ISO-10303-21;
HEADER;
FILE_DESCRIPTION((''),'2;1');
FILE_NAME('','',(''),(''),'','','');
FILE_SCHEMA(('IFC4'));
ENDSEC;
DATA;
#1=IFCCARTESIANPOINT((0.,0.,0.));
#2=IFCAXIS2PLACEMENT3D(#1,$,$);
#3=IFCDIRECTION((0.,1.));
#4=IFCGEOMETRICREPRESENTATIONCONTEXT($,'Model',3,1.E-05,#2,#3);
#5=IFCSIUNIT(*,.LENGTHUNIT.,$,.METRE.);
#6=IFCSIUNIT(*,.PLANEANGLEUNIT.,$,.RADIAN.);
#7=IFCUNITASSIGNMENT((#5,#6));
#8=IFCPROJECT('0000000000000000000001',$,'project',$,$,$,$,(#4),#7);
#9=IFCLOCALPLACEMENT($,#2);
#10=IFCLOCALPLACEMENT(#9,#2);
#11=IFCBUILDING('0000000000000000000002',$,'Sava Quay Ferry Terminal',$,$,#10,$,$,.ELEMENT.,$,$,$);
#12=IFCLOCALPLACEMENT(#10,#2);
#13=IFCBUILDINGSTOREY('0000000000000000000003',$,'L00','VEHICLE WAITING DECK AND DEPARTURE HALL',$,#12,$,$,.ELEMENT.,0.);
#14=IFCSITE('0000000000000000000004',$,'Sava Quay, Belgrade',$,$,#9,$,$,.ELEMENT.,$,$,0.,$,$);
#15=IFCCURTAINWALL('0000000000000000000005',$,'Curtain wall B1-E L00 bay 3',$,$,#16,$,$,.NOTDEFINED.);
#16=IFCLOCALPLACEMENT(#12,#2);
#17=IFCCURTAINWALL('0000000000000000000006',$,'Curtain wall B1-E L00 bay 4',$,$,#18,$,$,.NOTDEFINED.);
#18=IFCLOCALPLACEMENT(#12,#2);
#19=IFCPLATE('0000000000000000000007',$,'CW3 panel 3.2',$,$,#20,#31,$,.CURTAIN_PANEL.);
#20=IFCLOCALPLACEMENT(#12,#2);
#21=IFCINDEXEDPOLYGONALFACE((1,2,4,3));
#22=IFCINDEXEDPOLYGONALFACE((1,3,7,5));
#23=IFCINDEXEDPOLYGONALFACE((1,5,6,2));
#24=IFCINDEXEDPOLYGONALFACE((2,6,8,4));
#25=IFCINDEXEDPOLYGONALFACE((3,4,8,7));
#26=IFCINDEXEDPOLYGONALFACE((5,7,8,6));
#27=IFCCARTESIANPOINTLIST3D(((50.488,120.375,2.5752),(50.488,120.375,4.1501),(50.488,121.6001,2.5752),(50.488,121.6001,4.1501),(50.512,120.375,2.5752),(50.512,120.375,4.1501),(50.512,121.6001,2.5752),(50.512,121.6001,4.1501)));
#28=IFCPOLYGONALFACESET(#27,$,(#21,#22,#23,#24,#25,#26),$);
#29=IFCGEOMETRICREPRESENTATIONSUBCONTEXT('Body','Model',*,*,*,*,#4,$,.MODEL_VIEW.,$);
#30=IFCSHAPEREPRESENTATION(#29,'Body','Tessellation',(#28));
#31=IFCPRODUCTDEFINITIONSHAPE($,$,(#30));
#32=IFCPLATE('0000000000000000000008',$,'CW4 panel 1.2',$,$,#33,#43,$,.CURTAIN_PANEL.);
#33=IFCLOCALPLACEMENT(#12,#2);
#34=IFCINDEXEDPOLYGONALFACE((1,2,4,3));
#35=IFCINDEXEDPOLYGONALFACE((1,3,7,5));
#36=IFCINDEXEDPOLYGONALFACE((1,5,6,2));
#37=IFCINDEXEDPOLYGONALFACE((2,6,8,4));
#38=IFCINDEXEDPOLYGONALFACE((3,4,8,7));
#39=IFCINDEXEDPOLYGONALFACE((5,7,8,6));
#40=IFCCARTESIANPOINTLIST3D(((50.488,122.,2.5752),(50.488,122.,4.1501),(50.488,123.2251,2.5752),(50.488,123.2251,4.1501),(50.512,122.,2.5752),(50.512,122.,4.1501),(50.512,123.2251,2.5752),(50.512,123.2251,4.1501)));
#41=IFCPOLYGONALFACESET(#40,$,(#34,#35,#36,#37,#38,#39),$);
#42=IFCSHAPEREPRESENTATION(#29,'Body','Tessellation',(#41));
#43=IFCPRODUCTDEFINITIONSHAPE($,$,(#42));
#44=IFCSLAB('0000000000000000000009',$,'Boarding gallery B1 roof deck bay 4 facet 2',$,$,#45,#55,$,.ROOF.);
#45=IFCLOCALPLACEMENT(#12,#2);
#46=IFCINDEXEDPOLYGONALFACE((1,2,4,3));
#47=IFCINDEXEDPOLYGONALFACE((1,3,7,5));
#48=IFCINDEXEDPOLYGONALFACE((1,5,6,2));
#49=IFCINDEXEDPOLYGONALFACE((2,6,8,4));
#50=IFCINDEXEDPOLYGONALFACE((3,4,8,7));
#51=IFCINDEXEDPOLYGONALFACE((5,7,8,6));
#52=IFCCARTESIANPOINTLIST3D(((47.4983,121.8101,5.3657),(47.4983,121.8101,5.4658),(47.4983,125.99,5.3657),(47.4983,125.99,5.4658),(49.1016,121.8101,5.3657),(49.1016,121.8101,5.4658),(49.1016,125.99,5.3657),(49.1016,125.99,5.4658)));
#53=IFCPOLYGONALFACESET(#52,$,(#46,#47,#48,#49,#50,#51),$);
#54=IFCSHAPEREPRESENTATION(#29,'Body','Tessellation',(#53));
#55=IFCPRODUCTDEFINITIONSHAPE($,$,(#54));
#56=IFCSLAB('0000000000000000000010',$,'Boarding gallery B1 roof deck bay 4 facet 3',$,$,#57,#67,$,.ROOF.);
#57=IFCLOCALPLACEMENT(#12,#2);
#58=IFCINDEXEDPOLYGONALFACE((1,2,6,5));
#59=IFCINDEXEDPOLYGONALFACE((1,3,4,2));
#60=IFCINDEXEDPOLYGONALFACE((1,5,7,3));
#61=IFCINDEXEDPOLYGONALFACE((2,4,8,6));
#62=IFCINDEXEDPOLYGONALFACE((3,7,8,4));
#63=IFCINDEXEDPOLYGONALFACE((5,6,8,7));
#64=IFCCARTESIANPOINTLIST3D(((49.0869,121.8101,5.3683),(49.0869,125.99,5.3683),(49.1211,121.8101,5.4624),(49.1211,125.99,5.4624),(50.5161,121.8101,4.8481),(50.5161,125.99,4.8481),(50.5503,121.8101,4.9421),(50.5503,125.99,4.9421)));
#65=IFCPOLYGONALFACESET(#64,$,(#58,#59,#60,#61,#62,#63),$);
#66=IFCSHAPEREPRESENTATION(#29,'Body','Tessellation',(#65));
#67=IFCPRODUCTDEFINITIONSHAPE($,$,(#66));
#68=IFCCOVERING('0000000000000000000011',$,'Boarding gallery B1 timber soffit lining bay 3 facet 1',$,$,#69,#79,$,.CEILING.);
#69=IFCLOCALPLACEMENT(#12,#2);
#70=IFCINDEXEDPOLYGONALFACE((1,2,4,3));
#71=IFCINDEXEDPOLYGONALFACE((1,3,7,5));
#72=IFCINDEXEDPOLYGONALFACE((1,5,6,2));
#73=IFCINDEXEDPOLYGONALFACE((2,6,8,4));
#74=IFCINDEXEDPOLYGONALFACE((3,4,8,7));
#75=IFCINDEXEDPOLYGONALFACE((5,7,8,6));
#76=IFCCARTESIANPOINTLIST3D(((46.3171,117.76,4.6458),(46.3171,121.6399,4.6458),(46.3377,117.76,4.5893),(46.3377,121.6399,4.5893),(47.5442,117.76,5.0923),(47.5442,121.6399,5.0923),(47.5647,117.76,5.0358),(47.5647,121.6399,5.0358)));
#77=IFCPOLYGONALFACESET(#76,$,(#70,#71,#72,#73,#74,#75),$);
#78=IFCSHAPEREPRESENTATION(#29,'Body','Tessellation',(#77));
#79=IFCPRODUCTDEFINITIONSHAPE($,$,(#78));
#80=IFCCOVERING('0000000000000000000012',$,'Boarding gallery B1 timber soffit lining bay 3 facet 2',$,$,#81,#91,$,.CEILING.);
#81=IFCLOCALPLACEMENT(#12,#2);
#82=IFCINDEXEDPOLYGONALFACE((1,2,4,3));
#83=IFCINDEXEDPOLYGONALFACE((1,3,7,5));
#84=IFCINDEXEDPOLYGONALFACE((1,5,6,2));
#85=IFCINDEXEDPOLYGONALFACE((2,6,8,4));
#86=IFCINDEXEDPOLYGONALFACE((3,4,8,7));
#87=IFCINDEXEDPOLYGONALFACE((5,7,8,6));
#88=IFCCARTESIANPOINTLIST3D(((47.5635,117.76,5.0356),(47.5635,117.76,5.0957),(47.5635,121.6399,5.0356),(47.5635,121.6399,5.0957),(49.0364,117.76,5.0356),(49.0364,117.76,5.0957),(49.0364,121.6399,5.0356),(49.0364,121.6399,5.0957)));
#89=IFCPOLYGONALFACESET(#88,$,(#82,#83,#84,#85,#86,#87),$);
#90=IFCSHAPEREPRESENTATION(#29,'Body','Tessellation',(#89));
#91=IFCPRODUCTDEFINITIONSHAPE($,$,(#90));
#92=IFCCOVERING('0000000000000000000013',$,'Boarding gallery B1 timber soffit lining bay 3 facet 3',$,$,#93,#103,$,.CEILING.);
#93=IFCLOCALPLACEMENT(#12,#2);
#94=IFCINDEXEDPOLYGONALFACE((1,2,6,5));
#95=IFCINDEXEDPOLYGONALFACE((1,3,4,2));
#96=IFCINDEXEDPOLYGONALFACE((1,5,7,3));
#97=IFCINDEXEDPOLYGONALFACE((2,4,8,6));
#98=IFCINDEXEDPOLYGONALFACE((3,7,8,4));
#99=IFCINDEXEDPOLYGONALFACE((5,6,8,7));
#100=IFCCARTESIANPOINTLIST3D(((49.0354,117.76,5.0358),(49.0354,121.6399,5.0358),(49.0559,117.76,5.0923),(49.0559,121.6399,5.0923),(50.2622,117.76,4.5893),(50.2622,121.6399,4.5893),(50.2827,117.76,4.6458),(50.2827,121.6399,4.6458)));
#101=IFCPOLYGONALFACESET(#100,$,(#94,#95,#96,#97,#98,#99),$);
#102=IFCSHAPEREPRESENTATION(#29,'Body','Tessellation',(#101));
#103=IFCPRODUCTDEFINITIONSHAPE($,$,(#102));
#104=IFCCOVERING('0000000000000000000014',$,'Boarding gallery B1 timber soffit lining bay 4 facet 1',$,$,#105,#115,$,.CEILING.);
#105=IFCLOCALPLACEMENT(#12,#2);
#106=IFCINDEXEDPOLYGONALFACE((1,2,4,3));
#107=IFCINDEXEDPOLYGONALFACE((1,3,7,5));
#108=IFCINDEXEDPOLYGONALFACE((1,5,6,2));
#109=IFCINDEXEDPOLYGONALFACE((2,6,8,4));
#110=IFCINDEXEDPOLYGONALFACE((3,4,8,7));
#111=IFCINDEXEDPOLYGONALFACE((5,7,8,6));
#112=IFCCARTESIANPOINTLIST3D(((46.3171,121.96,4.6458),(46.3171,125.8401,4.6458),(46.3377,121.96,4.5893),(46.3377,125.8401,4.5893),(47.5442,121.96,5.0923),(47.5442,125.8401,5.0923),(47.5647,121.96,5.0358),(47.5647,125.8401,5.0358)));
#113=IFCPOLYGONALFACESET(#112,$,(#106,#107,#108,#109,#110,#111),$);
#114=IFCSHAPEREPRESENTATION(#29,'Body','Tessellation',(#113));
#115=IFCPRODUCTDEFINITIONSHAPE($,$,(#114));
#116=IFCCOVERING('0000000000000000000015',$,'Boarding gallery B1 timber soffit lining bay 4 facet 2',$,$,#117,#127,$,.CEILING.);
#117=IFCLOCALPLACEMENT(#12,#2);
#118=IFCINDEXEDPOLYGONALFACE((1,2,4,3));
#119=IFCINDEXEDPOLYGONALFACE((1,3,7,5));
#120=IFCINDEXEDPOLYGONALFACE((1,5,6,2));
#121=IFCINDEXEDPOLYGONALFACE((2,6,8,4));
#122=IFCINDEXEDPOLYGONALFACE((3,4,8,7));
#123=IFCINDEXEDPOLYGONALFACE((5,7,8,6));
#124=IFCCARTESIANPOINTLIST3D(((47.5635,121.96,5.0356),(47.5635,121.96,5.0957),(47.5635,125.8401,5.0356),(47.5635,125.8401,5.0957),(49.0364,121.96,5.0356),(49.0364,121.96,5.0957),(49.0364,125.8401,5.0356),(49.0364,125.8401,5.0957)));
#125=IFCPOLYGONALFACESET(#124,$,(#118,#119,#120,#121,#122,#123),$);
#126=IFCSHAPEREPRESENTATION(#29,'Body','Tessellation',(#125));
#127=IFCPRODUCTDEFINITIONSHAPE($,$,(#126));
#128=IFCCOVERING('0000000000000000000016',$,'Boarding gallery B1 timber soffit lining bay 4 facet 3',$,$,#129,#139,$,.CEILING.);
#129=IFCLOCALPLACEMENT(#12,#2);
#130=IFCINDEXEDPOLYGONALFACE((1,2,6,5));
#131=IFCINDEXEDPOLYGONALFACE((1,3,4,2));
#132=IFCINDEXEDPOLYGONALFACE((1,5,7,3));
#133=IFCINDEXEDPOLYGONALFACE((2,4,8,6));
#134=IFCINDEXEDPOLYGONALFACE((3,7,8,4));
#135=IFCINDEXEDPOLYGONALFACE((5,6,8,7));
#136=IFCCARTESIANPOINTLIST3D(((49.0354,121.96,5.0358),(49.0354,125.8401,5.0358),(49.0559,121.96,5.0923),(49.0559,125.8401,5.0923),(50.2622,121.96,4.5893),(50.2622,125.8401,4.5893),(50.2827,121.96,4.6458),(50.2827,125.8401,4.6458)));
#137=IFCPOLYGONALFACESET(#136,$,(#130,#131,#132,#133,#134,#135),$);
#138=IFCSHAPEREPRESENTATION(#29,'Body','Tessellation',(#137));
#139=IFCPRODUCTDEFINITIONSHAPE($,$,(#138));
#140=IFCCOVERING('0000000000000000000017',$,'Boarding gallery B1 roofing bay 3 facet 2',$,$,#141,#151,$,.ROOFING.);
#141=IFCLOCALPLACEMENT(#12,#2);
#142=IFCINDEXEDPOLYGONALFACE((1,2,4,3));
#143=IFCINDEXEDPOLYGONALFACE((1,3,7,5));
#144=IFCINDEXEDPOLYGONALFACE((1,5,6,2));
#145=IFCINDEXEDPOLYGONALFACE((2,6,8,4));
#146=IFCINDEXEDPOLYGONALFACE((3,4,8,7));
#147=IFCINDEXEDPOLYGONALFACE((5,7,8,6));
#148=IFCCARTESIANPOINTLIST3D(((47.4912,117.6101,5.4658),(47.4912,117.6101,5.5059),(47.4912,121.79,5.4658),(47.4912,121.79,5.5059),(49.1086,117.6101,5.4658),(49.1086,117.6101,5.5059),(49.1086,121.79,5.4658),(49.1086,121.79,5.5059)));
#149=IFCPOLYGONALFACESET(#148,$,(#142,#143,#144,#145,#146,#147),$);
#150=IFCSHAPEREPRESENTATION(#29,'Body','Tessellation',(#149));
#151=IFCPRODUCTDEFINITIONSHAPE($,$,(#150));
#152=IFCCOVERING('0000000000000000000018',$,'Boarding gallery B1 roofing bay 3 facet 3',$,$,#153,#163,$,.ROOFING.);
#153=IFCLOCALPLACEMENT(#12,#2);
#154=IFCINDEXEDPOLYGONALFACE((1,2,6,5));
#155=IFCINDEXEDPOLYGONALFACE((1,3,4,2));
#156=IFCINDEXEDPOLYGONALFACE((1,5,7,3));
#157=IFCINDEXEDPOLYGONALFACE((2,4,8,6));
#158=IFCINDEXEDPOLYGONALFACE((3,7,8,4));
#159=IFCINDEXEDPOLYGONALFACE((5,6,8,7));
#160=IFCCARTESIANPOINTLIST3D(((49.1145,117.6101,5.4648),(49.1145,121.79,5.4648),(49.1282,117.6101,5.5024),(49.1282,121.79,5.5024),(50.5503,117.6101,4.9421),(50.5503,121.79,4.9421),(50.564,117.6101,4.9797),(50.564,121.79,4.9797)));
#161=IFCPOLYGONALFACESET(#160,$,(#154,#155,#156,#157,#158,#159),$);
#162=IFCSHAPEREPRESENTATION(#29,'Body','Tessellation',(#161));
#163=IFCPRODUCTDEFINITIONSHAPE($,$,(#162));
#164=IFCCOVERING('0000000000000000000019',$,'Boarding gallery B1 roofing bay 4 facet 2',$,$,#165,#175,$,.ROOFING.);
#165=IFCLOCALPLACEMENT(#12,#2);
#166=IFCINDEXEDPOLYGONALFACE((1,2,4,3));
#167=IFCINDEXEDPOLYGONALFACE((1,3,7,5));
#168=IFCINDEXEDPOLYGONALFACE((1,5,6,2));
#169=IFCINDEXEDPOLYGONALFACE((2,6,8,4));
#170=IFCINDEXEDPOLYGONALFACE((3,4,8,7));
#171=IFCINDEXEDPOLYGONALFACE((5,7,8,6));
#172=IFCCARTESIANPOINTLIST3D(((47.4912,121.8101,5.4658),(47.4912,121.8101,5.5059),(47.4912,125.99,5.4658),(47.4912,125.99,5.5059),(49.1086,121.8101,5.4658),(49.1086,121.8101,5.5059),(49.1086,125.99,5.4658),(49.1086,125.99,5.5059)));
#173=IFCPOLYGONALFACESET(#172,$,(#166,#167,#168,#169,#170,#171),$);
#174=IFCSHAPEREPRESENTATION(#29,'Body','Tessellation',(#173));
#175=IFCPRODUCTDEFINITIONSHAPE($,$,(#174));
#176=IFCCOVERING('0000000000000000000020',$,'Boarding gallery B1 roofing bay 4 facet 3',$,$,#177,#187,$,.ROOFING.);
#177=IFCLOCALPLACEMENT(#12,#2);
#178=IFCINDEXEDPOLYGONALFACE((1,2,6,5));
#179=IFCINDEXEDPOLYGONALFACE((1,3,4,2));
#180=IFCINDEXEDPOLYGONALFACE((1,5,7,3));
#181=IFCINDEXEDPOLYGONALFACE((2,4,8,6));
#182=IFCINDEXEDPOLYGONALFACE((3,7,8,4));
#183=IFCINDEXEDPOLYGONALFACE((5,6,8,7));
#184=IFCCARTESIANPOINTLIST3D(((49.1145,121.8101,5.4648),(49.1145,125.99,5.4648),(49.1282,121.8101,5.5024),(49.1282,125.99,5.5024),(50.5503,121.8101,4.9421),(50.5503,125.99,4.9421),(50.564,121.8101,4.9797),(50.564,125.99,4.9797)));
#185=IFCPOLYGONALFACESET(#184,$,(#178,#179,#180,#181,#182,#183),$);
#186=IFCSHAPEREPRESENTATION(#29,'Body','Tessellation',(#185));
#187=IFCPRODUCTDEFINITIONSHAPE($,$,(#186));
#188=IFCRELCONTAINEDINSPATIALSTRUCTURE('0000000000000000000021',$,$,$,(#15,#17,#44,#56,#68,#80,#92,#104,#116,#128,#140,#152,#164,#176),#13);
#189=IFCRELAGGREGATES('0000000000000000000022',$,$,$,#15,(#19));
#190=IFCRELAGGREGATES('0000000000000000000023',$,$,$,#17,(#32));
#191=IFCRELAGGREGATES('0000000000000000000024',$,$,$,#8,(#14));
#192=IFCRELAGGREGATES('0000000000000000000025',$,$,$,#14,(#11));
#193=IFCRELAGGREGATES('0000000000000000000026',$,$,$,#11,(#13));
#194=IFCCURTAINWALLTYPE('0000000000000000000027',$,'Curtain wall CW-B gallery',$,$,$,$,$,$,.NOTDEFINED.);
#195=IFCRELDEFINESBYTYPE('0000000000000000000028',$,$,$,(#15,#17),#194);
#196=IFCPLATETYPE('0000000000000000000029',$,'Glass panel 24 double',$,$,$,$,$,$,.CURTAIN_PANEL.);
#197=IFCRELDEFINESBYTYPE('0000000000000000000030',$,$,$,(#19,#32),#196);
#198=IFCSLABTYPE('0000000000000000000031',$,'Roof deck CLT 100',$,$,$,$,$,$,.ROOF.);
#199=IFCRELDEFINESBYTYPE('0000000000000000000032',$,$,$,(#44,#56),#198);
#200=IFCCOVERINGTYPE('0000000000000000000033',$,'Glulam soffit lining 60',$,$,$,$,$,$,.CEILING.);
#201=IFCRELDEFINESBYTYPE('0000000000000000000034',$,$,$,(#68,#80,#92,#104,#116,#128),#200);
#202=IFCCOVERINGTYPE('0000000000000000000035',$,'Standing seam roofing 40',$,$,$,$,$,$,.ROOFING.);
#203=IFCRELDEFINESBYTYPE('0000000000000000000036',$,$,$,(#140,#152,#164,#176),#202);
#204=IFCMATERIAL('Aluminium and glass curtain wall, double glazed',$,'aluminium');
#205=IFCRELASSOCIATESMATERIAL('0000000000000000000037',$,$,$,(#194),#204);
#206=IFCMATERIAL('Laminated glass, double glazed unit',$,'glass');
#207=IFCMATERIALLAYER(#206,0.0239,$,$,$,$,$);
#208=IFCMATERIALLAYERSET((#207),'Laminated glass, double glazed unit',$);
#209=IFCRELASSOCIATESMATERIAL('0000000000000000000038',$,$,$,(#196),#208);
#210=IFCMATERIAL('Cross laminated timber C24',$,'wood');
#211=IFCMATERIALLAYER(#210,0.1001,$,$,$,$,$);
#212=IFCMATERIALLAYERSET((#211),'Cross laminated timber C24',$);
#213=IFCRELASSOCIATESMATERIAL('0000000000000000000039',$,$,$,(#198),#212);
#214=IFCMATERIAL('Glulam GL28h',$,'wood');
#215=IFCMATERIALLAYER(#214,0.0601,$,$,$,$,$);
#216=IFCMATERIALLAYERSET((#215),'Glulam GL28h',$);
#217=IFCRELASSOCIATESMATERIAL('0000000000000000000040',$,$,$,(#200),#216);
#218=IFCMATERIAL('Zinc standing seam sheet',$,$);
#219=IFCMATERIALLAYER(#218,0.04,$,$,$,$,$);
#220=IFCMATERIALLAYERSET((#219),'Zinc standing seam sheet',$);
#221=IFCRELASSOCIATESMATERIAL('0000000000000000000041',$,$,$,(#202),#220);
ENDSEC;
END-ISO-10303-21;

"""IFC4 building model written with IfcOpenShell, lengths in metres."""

from ifc_helpers import new_model, si_unit, direction, frame, origin, origin_2d, place, context, subcontext, project, spatial, polyline, rectangle, outline, extrude, material, layer, layer_set, type_object, element, aggregate, save


model = new_model("IFC4")

# Units and contexts
model_context = context("Model", 3, precision=1e-05, world=origin(), true_north=direction((0.0, 1.0)))
body_context = subcontext(model_context, "Body", "Model", "MODEL_VIEW")
ifc_project = project(units=[si_unit("LENGTHUNIT", "METRE"), si_unit("PLANEANGLEUNIT", "RADIAN")], contexts=[model_context])

# Site, building, storey
site_placement = place(None, origin())
site = spatial("IfcSite", under=ifc_project, at=site_placement, Name="Sava Quay, Belgrade", CompositionType="ELEMENT", RefElevation=0.0)
building_placement = place(site_placement, origin())
building = spatial("IfcBuilding", under=site, at=building_placement, Name="Sava Quay Ferry Terminal", CompositionType="ELEMENT")
storey_placement = place(building_placement, origin())
storey = spatial("IfcBuildingStorey", under=building, at=storey_placement, Name="L00", Description="VEHICLE WAITING DECK AND DEPARTURE HALL", CompositionType="ELEMENT", Elevation=0.0)

# Curtain wall
ifc_material_1 = material(Name="Aluminium and glass curtain wall, double glazed", Category="aluminium")
curtain_wall_type = type_object("IfcCurtainWallType", Name="Curtain wall CW-B gallery", PredefinedType="NOTDEFINED", material=ifc_material_1)
curtain_wall_1_placement = place(storey_placement, origin())
curtain_wall_1 = element("IfcCurtainWall", 1, at=curtain_wall_1_placement, inside=storey, type_object=curtain_wall_type, Name="Curtain wall B1-E L00 bay 3", PredefinedType="NOTDEFINED")

# Curtain wall
curtain_wall_2_placement = place(storey_placement, origin())
curtain_wall_2 = element("IfcCurtainWall", 2, at=curtain_wall_2_placement, inside=storey, type_object=curtain_wall_type, Name="Curtain wall B1-E L00 bay 4", PredefinedType="NOTDEFINED")

# Plates
ifc_material_2 = material(Name="Laminated glass, double glazed unit", Category="glass")
ifc_layer_1 = layer(ifc_material_2, 0.0239)
ifc_layer_set_1 = layer_set([ifc_layer_1], Name="Laminated glass, double glazed unit")
plate_type = type_object("IfcPlateType", Name="Glass panel 24 double", PredefinedType="CURTAIN_PANEL", material=ifc_layer_set_1)
plate_1_placement = place(storey_placement, frame((50.5, 120.9875, 2.5752), z_axis=(0.0, 0.0, 1.0), x_axis=(0.0, 1.0, 0.0)))
plate_1 = element("IfcPlate", 3, at=plate_1_placement, type_object=plate_type, Name="CW3 panel 3.2", PredefinedType="CURTAIN_PANEL", context=body_context, shape_type="SweptSolid", body=[
    extrude(rectangle(XDim=1.2251, YDim=0.0239, at=origin_2d()), origin(), (0.0, 0.0, 1.0), 1.575),
])
aggregate(curtain_wall_1, [plate_1])
plate_2_placement = place(storey_placement, frame((50.5, 122.6125, 2.5752), z_axis=(0.0, 0.0, 1.0), x_axis=(0.0, 1.0, 0.0)))
plate_2 = element("IfcPlate", 4, at=plate_2_placement, type_object=plate_type, Name="CW4 panel 1.2", PredefinedType="CURTAIN_PANEL", context=body_context, shape_type="SweptSolid", body=[
    extrude(rectangle(XDim=1.2251, YDim=0.0239, at=origin_2d()), origin(), (0.0, 0.0, 1.0), 1.575),
])
aggregate(curtain_wall_2, [plate_2])

# Slabs
ifc_material_3 = material(Name="Cross laminated timber C24", Category="wood")
ifc_layer_2 = layer(ifc_material_3, 0.1001)
ifc_layer_set_2 = layer_set([ifc_layer_2], Name="Cross laminated timber C24")
slab_type = type_object("IfcSlabType", Name="Roof deck CLT 100", PredefinedType="ROOF", material=ifc_layer_set_2)
slab_1_placement = place(storey_placement, frame((47.4983, 121.8101, 5.4658), z_axis=(0.0, 0.0, 1.0), x_axis=(1.0, 0.0, 0.0)))
element("IfcSlab", 5, at=slab_1_placement, inside=storey, type_object=slab_type, Name="Boarding gallery B1 roof deck bay 4 facet 2", PredefinedType="ROOF", context=body_context, shape_type="SweptSolid", body=[
    extrude(outline(polyline([(0.0, 0.0), (1.6033, 0.0), (1.6033, 4.1799), (0.0, 4.1799), (0.0, 0.0)])), origin(), (0.0, 0.0, -1.0), 0.1001),
])
slab_2_placement = place(storey_placement, frame((49.1211, 121.8101, 5.4624), z_axis=(0.342065, 0.0, 0.939676), x_axis=(0.939676, 0.0, -0.342065)))
element("IfcSlab", 6, at=slab_2_placement, inside=storey, type_object=slab_type, Name="Boarding gallery B1 roof deck bay 4 facet 3", PredefinedType="ROOF", context=body_context, shape_type="SweptSolid", body=[
    extrude(outline(polyline([(0.0, 0.0), (1.5209, 0.0), (1.5209, 4.1799), (0.0, 4.1799), (0.0, 0.0)])), origin(), (0.0, 0.0, -1.0), 0.1001),
])

# Coverings
ifc_material_4 = material(Name="Glulam GL28h", Category="wood")
ifc_layer_3 = layer(ifc_material_4, 0.0601)
ifc_layer_set_3 = layer_set([ifc_layer_3], Name="Glulam GL28h")
covering_type_1 = type_object("IfcCoveringType", Name="Glulam soffit lining 60", PredefinedType="CEILING", material=ifc_layer_set_3)
covering_1_placement = place(storey_placement, frame((46.3171, 117.76, 4.6458), z_axis=(-0.341968, 0.0, 0.939712), x_axis=(0.939712, 0.0, 0.341968)))
element("IfcCovering", 7, at=covering_1_placement, inside=storey, type_object=covering_type_1, Name="Boarding gallery B1 timber soffit lining bay 3 facet 1", PredefinedType="CEILING", context=body_context, shape_type="SweptSolid", body=[
    extrude(outline(polyline([(0.0, 0.0), (1.3058, 0.0), (1.3058, 3.8799), (0.0, 3.8799), (0.0, 0.0)])), origin(), (0.0, 0.0, -1.0), 0.0601),
])
covering_2_placement = place(storey_placement, frame((47.5635, 117.76, 5.0957), z_axis=(0.0, 0.0, 1.0), x_axis=(1.0, 0.0, 0.0)))
element("IfcCovering", 8, at=covering_2_placement, inside=storey, type_object=covering_type_1, Name="Boarding gallery B1 timber soffit lining bay 3 facet 2", PredefinedType="CEILING", context=body_context, shape_type="SweptSolid", body=[
    extrude(outline(polyline([(0.0, 0.0), (1.4729, 0.0), (1.4729, 3.8799), (0.0, 3.8799), (0.0, 0.0)])), origin(), (0.0, 0.0, -1.0), 0.0601),
])
covering_3_placement = place(storey_placement, frame((49.0559, 117.76, 5.0923), z_axis=(0.342028, 0.0, 0.93969), x_axis=(0.93969, 0.0, -0.342028)))
element("IfcCovering", 9, at=covering_3_placement, inside=storey, type_object=covering_type_1, Name="Boarding gallery B1 timber soffit lining bay 3 facet 3", PredefinedType="CEILING", context=body_context, shape_type="SweptSolid", body=[
    extrude(outline(polyline([(0.0, 0.0), (1.3055, 0.0), (1.3055, 3.8799), (0.0, 3.8799), (0.0, 0.0)])), origin(), (0.0, 0.0, -1.0), 0.0601),
])
covering_4_placement = place(storey_placement, frame((46.3171, 121.96, 4.6458), z_axis=(-0.341968, 0.0, 0.939712), x_axis=(0.939712, 0.0, 0.341968)))
element("IfcCovering", 10, at=covering_4_placement, inside=storey, type_object=covering_type_1, Name="Boarding gallery B1 timber soffit lining bay 4 facet 1", PredefinedType="CEILING", context=body_context, shape_type="SweptSolid", body=[
    extrude(outline(polyline([(0.0, 0.0), (1.3058, 0.0), (1.3058, 3.8801), (0.0, 3.8801), (0.0, 0.0)])), origin(), (0.0, 0.0, -1.0), 0.0601),
])
covering_5_placement = place(storey_placement, frame((47.5635, 121.96, 5.0957), z_axis=(0.0, 0.0, 1.0), x_axis=(1.0, 0.0, 0.0)))
element("IfcCovering", 11, at=covering_5_placement, inside=storey, type_object=covering_type_1, Name="Boarding gallery B1 timber soffit lining bay 4 facet 2", PredefinedType="CEILING", context=body_context, shape_type="SweptSolid", body=[
    extrude(outline(polyline([(0.0, 0.0), (1.4729, 0.0), (1.4729, 3.8801), (0.0, 3.8801), (0.0, 0.0)])), origin(), (0.0, 0.0, -1.0), 0.0601),
])
covering_6_placement = place(storey_placement, frame((49.0559, 121.96, 5.0923), z_axis=(0.342028, 0.0, 0.93969), x_axis=(0.93969, 0.0, -0.342028)))
element("IfcCovering", 12, at=covering_6_placement, inside=storey, type_object=covering_type_1, Name="Boarding gallery B1 timber soffit lining bay 4 facet 3", PredefinedType="CEILING", context=body_context, shape_type="SweptSolid", body=[
    extrude(outline(polyline([(0.0, 0.0), (1.3055, 0.0), (1.3055, 3.8801), (0.0, 3.8801), (0.0, 0.0)])), origin(), (0.0, 0.0, -1.0), 0.0601),
])
ifc_material_5 = material(Name="Zinc standing seam sheet")
ifc_layer_4 = layer(ifc_material_5, 0.04)
ifc_layer_set_4 = layer_set([ifc_layer_4], Name="Zinc standing seam sheet")
covering_type_2 = type_object("IfcCoveringType", Name="Standing seam roofing 40", PredefinedType="ROOFING", material=ifc_layer_set_4)
covering_7_placement = place(storey_placement, frame((47.4912, 117.6101, 5.5059), z_axis=(0.0, 0.0, 1.0), x_axis=(1.0, 0.0, 0.0)))
element("IfcCovering", 13, at=covering_7_placement, inside=storey, type_object=covering_type_2, Name="Boarding gallery B1 roofing bay 3 facet 2", PredefinedType="ROOFING", context=body_context, shape_type="SweptSolid", body=[
    extrude(outline(polyline([(0.0, 0.0), (1.6174, 0.0), (1.6174, 4.1799), (0.0, 4.1799), (0.0, 0.0)])), origin(), (0.0, 0.0, -1.0), 0.04),
])
covering_8_placement = place(storey_placement, frame((49.1282, 117.6101, 5.5024), z_axis=(0.342089, 0.0, 0.939667), x_axis=(0.939667, 0.0, -0.342089)))
element("IfcCovering", 14, at=covering_8_placement, inside=storey, type_object=covering_type_2, Name="Boarding gallery B1 roofing bay 3 facet 3", PredefinedType="ROOFING", context=body_context, shape_type="SweptSolid", body=[
    extrude(outline(polyline([(0.0, 0.0), (1.528, 0.0), (1.528, 4.1799), (0.0, 4.1799), (0.0, 0.0)])), origin(), (0.0, 0.0, -1.0), 0.04),
])
covering_9_placement = place(storey_placement, frame((47.4912, 121.8101, 5.5059), z_axis=(0.0, 0.0, 1.0), x_axis=(1.0, 0.0, 0.0)))
element("IfcCovering", 15, at=covering_9_placement, inside=storey, type_object=covering_type_2, Name="Boarding gallery B1 roofing bay 4 facet 2", PredefinedType="ROOFING", context=body_context, shape_type="SweptSolid", body=[
    extrude(outline(polyline([(0.0, 0.0), (1.6174, 0.0), (1.6174, 4.1799), (0.0, 4.1799), (0.0, 0.0)])), origin(), (0.0, 0.0, -1.0), 0.04),
])
covering_10_placement = place(storey_placement, frame((49.1282, 121.8101, 5.5024), z_axis=(0.342089, 0.0, 0.939667), x_axis=(0.939667, 0.0, -0.342089)))
element("IfcCovering", 16, at=covering_10_placement, inside=storey, type_object=covering_type_2, Name="Boarding gallery B1 roofing bay 4 facet 3", PredefinedType="ROOFING", context=body_context, shape_type="SweptSolid", body=[
    extrude(outline(polyline([(0.0, 0.0), (1.528, 0.0), (1.528, 4.1799), (0.0, 4.1799), (0.0, 0.0)])), origin(), (0.0, 0.0, -1.0), 0.04),
])

save(model, "model.ifc")
